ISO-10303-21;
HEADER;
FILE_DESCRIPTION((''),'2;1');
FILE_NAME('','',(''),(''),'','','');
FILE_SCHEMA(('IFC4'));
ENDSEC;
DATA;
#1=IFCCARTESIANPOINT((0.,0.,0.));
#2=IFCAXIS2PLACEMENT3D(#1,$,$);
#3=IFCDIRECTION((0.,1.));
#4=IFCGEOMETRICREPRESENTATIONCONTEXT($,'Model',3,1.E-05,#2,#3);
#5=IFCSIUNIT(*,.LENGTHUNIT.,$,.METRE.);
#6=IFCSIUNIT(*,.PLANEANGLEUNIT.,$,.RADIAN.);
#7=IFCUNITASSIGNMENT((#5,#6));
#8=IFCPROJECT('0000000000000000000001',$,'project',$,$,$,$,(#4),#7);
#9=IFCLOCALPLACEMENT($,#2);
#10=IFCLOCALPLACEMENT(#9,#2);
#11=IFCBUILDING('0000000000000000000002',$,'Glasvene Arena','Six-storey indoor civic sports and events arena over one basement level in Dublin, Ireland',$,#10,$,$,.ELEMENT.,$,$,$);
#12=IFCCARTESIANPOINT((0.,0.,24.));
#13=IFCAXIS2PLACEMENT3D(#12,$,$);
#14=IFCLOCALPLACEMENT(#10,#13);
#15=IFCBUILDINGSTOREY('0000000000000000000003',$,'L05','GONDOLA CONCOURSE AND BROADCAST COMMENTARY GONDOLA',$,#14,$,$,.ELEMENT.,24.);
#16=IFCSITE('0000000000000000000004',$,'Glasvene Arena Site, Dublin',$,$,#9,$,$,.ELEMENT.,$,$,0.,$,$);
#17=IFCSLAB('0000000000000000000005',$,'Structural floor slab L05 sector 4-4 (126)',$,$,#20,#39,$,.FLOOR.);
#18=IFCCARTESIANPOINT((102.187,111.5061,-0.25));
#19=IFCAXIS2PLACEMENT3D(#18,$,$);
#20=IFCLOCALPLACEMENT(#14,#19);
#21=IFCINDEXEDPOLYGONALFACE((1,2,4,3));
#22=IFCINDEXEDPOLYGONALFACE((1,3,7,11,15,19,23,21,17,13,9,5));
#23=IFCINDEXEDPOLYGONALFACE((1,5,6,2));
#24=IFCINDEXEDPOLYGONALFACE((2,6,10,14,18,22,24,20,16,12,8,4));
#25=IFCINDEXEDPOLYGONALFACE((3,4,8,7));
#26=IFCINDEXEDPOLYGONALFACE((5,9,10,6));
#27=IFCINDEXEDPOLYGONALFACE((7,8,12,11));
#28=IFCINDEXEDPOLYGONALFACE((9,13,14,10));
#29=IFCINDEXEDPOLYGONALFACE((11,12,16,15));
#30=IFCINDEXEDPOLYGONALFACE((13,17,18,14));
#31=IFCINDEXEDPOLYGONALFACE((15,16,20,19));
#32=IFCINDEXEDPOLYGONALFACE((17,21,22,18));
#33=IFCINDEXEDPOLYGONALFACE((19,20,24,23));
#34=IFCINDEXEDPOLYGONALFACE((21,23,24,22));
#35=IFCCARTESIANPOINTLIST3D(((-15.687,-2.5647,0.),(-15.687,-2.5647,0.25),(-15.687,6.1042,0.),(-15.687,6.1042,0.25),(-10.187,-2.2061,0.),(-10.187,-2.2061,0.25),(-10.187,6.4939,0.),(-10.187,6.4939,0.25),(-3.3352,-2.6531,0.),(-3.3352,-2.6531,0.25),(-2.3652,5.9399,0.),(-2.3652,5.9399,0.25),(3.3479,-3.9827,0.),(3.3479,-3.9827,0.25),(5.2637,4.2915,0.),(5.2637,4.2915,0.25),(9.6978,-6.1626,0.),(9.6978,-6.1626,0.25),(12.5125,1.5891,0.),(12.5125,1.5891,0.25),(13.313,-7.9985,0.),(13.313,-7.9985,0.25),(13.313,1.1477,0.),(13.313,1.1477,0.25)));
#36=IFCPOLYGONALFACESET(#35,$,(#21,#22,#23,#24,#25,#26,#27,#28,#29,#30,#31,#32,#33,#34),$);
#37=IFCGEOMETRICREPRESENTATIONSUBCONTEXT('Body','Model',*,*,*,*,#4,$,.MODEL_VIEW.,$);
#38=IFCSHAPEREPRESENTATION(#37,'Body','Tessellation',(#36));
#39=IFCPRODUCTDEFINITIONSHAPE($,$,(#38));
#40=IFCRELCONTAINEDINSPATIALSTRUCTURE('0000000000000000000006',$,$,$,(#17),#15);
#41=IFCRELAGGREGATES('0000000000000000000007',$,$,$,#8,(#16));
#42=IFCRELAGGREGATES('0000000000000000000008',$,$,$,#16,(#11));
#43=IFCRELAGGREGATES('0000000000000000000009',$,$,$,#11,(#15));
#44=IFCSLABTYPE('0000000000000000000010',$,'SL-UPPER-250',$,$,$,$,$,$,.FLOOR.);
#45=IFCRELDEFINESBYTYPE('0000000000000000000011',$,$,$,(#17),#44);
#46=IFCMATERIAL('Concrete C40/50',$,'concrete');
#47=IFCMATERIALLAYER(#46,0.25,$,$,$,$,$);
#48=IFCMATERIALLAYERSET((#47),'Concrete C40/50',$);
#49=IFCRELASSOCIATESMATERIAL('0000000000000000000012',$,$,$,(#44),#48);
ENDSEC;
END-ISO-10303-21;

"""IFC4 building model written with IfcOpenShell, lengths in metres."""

from ifc_helpers import new_model, si_unit, direction, frame, origin, place, context, subcontext, project, spatial, polyline, outline, extrude, material, layer, layer_set, type_object, element, save


model = new_model("IFC4")

# Units and contexts
model_context = context("Model", 3, precision=1e-05, world=origin(), true_north=direction((0.0, 1.0)))
body_context = subcontext(model_context, "Body", "Model", "MODEL_VIEW")
ifc_project = project(units=[si_unit("LENGTHUNIT", "METRE"), si_unit("PLANEANGLEUNIT", "RADIAN")], contexts=[model_context])

# Site, building, storey
site_placement = place(None, origin())
site = spatial("IfcSite", under=ifc_project, at=site_placement, Name="Glasvene Arena Site, Dublin", CompositionType="ELEMENT", RefElevation=0.0)
building_placement = place(site_placement, origin())
building = spatial("IfcBuilding", under=site, at=building_placement, Name="Glasvene Arena", Description="Six-storey indoor civic sports and events arena over one basement level in Dublin, Ireland", CompositionType="ELEMENT")
storey_placement = place(building_placement, frame((0.0, 0.0, 24.0)))
storey = spatial("IfcBuildingStorey", under=building, at=storey_placement, Name="L05", Description="GONDOLA CONCOURSE AND BROADCAST COMMENTARY GONDOLA", CompositionType="ELEMENT", Elevation=24.0)

# Slab
ifc_material_1 = material(Name="Concrete C40/50", Category="concrete")
ifc_layer_1 = layer(ifc_material_1, 0.25)
ifc_layer_set_1 = layer_set([ifc_layer_1], Name="Concrete C40/50")
slab_type = type_object("IfcSlabType", Name="SL-UPPER-250", PredefinedType="FLOOR", material=ifc_layer_set_1)
slab_placement = place(storey_placement, frame((102.187, 111.5061, -0.25)))
element("IfcSlab", 1, at=slab_placement, inside=storey, type_object=slab_type, Name="Structural floor slab L05 sector 4-4 (126)", PredefinedType="FLOOR", context=body_context, shape_type="SweptSolid", body=[
    extrude(outline(polyline([(-10.187, 6.4939), (-2.3652, 5.9399), (5.2637, 4.2915), (12.5125, 1.5891), (13.313, 1.1477), (13.313, -7.9985), (9.6978, -6.1626), (3.3479, -3.9827), (-3.3352, -2.6531), (-10.187, -2.2061), (-15.687, -2.5647), (-15.687, 6.1042), (-10.187, 6.4939)])), origin(), (0.0, 0.0, 1.0), 0.25),
])

save(model, "model.ifc")
